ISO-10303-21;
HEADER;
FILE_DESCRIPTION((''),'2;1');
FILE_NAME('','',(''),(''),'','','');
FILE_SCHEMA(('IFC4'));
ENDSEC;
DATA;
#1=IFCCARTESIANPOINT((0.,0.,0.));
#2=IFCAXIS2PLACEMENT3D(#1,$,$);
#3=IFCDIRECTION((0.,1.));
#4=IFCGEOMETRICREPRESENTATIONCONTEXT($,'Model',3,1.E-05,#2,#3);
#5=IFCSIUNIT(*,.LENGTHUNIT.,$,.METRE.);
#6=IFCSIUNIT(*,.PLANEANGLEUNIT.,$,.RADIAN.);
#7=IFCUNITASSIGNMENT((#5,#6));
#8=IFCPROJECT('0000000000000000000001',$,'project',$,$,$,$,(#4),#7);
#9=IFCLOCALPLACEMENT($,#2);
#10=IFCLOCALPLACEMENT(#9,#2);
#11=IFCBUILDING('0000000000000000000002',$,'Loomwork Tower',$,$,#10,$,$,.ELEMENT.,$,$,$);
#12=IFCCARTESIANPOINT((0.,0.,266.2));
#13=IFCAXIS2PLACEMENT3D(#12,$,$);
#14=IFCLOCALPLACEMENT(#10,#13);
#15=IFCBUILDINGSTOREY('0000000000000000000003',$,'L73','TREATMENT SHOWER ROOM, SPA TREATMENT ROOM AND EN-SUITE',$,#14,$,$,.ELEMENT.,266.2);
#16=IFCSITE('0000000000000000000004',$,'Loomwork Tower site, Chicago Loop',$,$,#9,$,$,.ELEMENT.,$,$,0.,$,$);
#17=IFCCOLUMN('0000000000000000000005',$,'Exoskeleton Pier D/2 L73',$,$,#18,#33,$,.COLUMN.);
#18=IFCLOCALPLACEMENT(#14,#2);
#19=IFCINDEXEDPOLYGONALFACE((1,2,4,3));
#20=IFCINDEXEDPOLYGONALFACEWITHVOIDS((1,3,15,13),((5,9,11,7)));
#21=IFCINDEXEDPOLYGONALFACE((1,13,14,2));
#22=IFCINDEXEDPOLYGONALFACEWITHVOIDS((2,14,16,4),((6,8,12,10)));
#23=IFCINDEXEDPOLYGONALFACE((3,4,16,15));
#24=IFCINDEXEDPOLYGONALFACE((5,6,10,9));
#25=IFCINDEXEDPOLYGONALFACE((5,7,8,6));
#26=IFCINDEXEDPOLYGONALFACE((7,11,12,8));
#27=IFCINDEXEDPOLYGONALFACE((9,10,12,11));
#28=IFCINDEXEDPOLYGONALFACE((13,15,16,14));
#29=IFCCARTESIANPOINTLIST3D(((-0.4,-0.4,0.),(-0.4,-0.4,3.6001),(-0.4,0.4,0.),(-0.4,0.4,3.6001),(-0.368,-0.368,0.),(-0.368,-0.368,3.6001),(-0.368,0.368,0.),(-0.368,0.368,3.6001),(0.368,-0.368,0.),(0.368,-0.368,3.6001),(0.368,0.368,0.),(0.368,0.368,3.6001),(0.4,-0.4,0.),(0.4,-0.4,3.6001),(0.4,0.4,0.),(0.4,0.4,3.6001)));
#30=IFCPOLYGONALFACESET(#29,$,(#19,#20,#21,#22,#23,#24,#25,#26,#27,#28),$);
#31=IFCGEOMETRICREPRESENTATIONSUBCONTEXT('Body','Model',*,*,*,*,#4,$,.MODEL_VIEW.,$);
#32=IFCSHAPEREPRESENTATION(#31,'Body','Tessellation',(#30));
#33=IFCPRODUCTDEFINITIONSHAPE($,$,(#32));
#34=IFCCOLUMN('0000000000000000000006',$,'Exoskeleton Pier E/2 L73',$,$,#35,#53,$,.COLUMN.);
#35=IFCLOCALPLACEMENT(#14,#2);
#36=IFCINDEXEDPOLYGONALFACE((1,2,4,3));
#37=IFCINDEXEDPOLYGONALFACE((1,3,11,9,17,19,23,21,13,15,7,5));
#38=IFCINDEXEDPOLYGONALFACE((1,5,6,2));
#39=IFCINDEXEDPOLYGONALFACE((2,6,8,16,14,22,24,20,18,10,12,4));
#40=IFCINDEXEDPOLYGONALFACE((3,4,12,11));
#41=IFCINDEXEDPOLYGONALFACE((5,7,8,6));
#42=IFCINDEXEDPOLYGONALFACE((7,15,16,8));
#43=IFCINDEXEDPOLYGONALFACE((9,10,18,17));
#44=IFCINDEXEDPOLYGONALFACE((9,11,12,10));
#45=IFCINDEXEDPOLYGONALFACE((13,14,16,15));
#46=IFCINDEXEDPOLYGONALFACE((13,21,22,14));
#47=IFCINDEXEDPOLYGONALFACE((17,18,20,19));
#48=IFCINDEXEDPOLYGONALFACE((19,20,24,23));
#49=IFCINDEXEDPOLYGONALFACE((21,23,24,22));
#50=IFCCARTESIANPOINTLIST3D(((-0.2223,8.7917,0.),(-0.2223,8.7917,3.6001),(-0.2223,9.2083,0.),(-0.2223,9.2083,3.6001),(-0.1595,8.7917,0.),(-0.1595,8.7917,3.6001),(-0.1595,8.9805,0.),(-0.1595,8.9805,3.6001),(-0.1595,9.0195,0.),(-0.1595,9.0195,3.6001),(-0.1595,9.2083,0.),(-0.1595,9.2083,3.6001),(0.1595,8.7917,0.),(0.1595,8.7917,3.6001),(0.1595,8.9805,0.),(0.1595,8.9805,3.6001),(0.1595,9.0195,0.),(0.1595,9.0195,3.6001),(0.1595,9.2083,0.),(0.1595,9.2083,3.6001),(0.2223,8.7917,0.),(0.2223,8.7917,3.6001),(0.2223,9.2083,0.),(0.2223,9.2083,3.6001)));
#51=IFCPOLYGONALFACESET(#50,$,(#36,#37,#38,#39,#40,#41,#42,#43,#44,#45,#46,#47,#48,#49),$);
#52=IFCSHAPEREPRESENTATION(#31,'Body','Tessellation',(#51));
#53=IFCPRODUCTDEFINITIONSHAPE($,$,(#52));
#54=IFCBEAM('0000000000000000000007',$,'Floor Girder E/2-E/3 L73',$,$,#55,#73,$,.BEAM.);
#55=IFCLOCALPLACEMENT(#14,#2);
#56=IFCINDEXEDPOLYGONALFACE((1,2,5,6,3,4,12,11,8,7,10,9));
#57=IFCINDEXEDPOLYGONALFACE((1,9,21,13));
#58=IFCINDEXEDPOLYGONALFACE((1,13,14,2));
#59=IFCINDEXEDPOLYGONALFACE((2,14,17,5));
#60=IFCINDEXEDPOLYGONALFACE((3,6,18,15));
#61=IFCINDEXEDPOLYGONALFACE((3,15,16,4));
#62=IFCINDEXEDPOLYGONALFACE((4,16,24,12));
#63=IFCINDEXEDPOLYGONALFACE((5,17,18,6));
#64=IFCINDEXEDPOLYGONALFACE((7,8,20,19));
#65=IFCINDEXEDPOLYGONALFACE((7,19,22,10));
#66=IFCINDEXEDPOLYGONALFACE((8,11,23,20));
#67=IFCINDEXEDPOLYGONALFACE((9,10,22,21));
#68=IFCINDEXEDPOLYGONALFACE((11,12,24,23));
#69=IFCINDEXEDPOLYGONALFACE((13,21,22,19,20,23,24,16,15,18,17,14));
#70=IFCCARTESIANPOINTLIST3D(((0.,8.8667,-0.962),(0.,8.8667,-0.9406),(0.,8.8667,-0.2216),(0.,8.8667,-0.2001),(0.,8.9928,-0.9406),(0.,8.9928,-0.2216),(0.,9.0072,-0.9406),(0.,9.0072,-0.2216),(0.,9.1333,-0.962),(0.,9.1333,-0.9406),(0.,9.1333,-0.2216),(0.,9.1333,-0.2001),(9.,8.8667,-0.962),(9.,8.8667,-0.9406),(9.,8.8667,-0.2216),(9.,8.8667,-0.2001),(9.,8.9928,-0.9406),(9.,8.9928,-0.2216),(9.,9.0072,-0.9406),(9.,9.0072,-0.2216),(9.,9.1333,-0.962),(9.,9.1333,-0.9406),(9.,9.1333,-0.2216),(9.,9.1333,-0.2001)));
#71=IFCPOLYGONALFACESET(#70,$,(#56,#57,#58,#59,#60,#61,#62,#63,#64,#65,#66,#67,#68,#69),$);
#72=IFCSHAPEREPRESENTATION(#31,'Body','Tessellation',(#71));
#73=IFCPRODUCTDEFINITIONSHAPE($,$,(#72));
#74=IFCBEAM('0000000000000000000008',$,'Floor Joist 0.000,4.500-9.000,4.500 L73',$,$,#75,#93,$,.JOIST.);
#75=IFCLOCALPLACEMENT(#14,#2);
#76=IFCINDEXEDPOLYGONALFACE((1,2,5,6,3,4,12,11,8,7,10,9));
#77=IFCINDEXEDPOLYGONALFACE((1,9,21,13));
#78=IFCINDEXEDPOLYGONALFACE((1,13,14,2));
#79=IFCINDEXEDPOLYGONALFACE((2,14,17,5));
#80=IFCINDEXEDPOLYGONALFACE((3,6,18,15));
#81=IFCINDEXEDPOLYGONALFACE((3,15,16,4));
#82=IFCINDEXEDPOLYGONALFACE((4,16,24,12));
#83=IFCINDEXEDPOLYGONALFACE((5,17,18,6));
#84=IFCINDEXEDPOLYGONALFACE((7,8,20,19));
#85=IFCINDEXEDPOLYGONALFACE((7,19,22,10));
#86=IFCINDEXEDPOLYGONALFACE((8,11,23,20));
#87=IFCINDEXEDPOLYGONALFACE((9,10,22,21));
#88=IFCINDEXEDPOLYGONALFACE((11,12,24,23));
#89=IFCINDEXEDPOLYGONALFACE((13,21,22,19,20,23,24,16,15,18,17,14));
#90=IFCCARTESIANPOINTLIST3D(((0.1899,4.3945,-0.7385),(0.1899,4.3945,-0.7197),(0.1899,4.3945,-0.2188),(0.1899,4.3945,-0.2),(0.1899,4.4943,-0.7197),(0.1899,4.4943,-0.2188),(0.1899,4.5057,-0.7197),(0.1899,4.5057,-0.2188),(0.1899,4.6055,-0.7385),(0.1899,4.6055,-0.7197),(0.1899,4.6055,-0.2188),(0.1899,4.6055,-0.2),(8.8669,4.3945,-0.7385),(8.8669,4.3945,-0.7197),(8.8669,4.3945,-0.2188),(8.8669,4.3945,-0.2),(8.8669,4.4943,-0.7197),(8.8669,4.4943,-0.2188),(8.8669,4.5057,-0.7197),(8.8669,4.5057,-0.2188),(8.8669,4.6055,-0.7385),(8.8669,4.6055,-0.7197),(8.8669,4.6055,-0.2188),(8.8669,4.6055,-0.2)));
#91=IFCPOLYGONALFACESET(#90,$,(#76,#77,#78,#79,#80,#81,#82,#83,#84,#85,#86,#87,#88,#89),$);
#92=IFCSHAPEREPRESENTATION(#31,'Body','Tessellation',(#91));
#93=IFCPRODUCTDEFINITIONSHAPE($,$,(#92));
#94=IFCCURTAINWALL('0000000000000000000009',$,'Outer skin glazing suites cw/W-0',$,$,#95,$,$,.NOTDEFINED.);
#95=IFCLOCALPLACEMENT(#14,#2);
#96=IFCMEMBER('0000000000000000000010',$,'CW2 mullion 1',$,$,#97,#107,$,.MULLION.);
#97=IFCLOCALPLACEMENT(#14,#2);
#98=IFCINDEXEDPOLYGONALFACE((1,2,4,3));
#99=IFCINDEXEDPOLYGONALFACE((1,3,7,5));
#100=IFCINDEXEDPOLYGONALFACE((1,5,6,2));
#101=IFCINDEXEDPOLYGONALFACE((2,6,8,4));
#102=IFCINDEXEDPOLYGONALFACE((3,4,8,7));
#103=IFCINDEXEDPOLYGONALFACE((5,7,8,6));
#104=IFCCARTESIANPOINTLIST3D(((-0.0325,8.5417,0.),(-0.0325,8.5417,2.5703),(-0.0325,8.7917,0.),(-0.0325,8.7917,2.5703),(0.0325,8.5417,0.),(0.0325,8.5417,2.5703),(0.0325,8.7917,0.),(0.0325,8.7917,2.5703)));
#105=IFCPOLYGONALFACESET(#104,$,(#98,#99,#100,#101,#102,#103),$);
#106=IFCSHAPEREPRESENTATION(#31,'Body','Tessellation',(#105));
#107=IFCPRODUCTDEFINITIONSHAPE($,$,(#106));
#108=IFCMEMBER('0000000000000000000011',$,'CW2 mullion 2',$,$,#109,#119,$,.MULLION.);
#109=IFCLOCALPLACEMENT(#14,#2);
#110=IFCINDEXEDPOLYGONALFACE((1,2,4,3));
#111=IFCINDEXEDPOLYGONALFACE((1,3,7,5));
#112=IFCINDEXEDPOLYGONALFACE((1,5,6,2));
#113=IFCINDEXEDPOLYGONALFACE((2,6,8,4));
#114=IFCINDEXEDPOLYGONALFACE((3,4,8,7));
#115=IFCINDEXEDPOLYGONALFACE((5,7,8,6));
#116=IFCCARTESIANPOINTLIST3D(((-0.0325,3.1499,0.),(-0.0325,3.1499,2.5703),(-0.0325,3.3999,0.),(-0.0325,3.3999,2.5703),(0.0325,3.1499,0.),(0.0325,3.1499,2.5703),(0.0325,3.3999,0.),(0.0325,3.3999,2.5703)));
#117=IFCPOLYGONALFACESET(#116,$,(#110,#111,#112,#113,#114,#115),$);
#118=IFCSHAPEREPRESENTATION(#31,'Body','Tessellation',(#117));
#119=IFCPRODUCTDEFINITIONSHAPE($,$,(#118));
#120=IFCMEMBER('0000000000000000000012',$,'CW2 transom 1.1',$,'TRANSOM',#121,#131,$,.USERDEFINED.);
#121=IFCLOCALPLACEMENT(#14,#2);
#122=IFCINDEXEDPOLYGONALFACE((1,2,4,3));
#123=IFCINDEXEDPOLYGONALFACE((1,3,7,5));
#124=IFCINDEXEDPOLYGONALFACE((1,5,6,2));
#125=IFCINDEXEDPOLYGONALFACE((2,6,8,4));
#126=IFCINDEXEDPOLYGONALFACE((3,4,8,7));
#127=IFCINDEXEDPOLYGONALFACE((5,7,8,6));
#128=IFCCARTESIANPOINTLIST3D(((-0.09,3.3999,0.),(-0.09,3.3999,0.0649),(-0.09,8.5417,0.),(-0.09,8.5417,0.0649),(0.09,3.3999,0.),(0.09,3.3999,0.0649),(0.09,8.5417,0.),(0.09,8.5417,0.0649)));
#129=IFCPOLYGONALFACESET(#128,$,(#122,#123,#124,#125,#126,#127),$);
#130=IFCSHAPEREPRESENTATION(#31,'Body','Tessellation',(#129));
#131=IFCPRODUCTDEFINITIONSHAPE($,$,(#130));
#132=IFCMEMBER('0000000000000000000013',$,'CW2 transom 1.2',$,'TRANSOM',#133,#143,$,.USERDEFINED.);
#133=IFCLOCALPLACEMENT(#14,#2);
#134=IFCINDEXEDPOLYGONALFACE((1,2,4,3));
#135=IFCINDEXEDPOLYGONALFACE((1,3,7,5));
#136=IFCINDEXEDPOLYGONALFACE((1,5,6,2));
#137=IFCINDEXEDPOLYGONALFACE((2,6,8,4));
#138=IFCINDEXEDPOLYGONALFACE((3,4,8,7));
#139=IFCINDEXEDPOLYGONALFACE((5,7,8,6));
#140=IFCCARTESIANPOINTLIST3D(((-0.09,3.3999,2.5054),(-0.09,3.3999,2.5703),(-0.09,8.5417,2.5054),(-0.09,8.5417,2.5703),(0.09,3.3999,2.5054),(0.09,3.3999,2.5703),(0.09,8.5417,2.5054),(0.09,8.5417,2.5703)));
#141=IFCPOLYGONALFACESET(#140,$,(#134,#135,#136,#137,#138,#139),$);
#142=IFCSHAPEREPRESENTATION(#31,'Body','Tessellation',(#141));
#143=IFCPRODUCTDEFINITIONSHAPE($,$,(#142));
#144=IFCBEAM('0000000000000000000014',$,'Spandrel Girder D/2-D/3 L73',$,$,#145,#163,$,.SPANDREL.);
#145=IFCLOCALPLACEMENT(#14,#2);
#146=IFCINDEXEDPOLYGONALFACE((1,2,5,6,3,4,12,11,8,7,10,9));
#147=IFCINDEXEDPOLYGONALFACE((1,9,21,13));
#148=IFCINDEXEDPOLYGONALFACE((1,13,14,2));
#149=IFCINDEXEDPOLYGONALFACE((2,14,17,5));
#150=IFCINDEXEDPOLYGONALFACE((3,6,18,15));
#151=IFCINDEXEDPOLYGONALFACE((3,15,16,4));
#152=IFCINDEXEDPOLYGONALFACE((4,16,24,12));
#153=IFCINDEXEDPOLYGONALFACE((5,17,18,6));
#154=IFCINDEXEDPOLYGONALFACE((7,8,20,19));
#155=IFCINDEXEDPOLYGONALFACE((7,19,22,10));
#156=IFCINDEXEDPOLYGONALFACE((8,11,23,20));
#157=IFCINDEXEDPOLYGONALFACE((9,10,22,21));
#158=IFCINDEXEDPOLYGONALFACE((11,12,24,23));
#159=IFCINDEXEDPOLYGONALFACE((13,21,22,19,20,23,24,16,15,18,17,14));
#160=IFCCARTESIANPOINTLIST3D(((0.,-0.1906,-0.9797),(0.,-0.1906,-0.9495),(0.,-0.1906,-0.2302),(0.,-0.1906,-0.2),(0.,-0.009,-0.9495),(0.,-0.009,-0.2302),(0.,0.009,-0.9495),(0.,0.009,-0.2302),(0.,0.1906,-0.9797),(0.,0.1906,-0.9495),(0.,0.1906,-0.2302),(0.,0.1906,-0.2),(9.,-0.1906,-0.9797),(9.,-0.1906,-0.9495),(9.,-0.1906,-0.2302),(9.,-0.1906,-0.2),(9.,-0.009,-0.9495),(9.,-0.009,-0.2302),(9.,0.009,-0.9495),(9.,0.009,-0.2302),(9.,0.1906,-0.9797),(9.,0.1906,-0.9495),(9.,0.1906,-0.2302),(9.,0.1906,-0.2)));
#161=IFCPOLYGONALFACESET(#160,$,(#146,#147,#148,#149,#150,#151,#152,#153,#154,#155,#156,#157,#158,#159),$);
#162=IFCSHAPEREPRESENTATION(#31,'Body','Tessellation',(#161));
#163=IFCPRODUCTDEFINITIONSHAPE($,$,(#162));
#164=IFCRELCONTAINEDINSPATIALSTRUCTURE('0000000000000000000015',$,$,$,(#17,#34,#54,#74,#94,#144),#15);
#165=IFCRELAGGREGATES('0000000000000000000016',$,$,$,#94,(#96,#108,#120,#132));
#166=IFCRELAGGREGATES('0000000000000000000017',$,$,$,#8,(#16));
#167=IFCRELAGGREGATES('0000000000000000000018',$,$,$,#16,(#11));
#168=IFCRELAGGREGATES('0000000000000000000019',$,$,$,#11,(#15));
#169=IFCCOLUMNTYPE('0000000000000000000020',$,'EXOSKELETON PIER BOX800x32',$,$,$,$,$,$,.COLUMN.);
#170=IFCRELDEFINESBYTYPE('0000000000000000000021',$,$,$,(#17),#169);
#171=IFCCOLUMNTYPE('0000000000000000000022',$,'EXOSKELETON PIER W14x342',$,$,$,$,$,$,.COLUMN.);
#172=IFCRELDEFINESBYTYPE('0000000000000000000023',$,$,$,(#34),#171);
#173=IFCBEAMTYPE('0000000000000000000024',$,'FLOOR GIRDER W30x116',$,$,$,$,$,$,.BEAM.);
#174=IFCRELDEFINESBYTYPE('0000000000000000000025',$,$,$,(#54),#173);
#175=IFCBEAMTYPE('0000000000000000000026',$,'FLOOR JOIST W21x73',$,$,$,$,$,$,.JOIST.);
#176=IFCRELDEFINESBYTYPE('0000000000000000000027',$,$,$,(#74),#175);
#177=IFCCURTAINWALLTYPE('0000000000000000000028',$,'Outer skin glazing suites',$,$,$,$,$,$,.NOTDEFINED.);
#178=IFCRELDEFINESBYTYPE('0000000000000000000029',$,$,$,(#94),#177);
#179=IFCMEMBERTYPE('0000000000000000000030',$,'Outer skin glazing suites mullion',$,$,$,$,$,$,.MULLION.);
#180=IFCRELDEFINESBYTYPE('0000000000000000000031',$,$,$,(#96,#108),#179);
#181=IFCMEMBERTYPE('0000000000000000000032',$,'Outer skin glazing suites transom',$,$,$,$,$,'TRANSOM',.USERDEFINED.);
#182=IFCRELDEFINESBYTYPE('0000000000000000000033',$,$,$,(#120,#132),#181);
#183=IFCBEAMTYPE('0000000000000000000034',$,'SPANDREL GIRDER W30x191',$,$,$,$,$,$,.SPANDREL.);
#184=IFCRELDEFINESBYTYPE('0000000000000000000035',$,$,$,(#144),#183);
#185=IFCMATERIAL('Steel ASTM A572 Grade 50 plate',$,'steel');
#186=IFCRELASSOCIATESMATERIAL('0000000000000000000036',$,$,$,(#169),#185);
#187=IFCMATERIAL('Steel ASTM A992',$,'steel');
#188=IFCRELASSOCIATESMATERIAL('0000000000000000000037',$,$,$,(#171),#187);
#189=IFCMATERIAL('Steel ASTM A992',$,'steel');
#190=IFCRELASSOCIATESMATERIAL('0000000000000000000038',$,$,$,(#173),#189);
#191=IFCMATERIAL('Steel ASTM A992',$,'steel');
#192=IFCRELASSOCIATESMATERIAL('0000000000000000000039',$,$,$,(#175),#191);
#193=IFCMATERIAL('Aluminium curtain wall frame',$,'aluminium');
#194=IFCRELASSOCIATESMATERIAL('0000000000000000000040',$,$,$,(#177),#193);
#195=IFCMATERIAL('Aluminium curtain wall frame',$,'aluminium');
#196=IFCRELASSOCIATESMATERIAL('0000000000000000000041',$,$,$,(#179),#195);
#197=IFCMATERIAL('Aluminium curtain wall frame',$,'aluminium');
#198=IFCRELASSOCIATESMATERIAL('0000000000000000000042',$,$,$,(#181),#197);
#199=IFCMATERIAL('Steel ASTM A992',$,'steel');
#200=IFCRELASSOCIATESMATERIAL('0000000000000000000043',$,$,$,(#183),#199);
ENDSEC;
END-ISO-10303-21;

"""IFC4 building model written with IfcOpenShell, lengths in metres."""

from ifc_helpers import new_model, si_unit, direction, frame, origin, origin_with_axes, origin_2d, place, context, subcontext, project, spatial, rectangle, hollow_rectangle, i_section, extrude, material, material_profile, profile_set, type_object, element, aggregate, save


model = new_model("IFC4")

# Units and contexts
model_context = context("Model", 3, precision=1e-05, world=origin(), true_north=direction((0.0, 1.0)))
body_context = subcontext(model_context, "Body", "Model", "MODEL_VIEW")
ifc_project = project(units=[si_unit("LENGTHUNIT", "METRE"), si_unit("PLANEANGLEUNIT", "RADIAN")], contexts=[model_context])

# Site, building, storey
site_placement = place(None, origin())
site = spatial("IfcSite", under=ifc_project, at=site_placement, Name="Loomwork Tower site, Chicago Loop", CompositionType="ELEMENT", RefElevation=0.0)
building_placement = place(site_placement, origin())
building = spatial("IfcBuilding", under=site, at=building_placement, Name="Loomwork Tower", CompositionType="ELEMENT")
storey_placement = place(building_placement, frame((0.0, 0.0, 266.2)))
storey = spatial("IfcBuildingStorey", under=building, at=storey_placement, Name="L73", Description="TREATMENT SHOWER ROOM, SPA TREATMENT ROOM AND EN-SUITE", CompositionType="ELEMENT", Elevation=266.2)

# Columns
ifc_material_1 = material(Name="Steel ASTM A572 Grade 50 plate", Category="steel")
ifc_material_profile_1 = material_profile(ifc_material_1, hollow_rectangle(XDim=0.8, YDim=0.8, WallThickness=0.032, at=origin_2d()), Name="BOX800x32")
ifc_profile_set_1 = profile_set([ifc_material_profile_1], Name="Steel ASTM A572 Grade 50 plate")
column_type_1 = type_object("IfcColumnType", Name="EXOSKELETON PIER BOX800x32", PredefinedType="COLUMN", material=ifc_profile_set_1)
column_1_placement = place(storey_placement, origin_with_axes())
element("IfcColumn", 1, at=column_1_placement, inside=storey, type_object=column_type_1, Name="Exoskeleton Pier D/2 L73", PredefinedType="COLUMN", context=body_context, shape_type="SweptSolid", body=[
    extrude(hollow_rectangle(XDim=0.8, YDim=0.8, WallThickness=0.032, at=origin_2d()), origin(), (0.0, 0.0, 1.0), 3.6001),
])
ifc_material_2 = material(Name="Steel ASTM A992", Category="steel")
ifc_material_profile_2 = material_profile(ifc_material_2, i_section(OverallWidth=0.4165, OverallDepth=0.4446, WebThickness=0.0391, FlangeThickness=0.0627, at=origin_2d()), Name="W14x342")
ifc_profile_set_2 = profile_set([ifc_material_profile_2], Name="Steel ASTM A992")
column_type_2 = type_object("IfcColumnType", Name="EXOSKELETON PIER W14x342", PredefinedType="COLUMN", material=ifc_profile_set_2)
column_2_placement = place(storey_placement, frame((0.0, 9.0, 0.0), z_axis=(0.0, 0.0, 1.0), x_axis=(0.0, 1.0, 0.0)))
element("IfcColumn", 2, at=column_2_placement, inside=storey, type_object=column_type_2, Name="Exoskeleton Pier E/2 L73", PredefinedType="COLUMN", context=body_context, shape_type="SweptSolid", body=[
    extrude(i_section(OverallWidth=0.4165, OverallDepth=0.4446, WebThickness=0.0391, FlangeThickness=0.0627, at=origin_2d()), origin(), (0.0, 0.0, 1.0), 3.6001),
])

# Beams
ifc_material_3 = material(Name="Steel ASTM A992", Category="steel")
ifc_material_profile_3 = material_profile(ifc_material_3, i_section(OverallWidth=0.2666, OverallDepth=0.762, WebThickness=0.0144, FlangeThickness=0.0215, at=origin_2d()), Name="W30x116")
ifc_profile_set_3 = profile_set([ifc_material_profile_3], Name="Steel ASTM A992")
beam_type_1 = type_object("IfcBeamType", Name="FLOOR GIRDER W30x116", PredefinedType="BEAM", material=ifc_profile_set_3)
beam_1_placement = place(storey_placement, frame((0.0, 9.0, -0.5811), z_axis=(1.0, 0.0, 0.0), x_axis=(0.0, 1.0, 0.0)))
element("IfcBeam", 3, at=beam_1_placement, inside=storey, type_object=beam_type_1, Name="Floor Girder E/2-E/3 L73", PredefinedType="BEAM", context=body_context, shape_type="SweptSolid", body=[
    extrude(i_section(OverallWidth=0.2666, OverallDepth=0.762, WebThickness=0.0144, FlangeThickness=0.0215, at=origin_2d()), origin(), (0.0, 0.0, 1.0), 9.0),
])
ifc_material_4 = material(Name="Steel ASTM A992", Category="steel")
ifc_material_profile_4 = material_profile(ifc_material_4, i_section(OverallWidth=0.2109, OverallDepth=0.5386, WebThickness=0.0115, FlangeThickness=0.0188, at=origin_2d()), Name="W21x73")
ifc_profile_set_4 = profile_set([ifc_material_profile_4], Name="Steel ASTM A992")
beam_type_2 = type_object("IfcBeamType", Name="FLOOR JOIST W21x73", PredefinedType="JOIST", material=ifc_profile_set_4)
beam_2_placement = place(storey_placement, frame((0.1899, 4.5, -0.4692), z_axis=(1.0, 0.0, 0.0), x_axis=(0.0, 1.0, 0.0)))
element("IfcBeam", 4, at=beam_2_placement, inside=storey, type_object=beam_type_2, Name="Floor Joist 0.000,4.500-9.000,4.500 L73", PredefinedType="JOIST", context=body_context, shape_type="SweptSolid", body=[
    extrude(i_section(OverallWidth=0.2109, OverallDepth=0.5386, WebThickness=0.0115, FlangeThickness=0.0188, at=origin_2d()), origin(), (0.0, 0.0, 1.0), 8.677),
])

# Curtain wall, members
ifc_material_5 = material(Name="Aluminium curtain wall frame", Category="aluminium")
curtain_wall_type = type_object("IfcCurtainWallType", Name="Outer skin glazing suites", PredefinedType="NOTDEFINED", material=ifc_material_5)
curtain_wall_placement = place(storey_placement, origin())
curtain_wall = element("IfcCurtainWall", 5, at=curtain_wall_placement, inside=storey, type_object=curtain_wall_type, Name="Outer skin glazing suites cw/W-0", PredefinedType="NOTDEFINED")
ifc_material_6 = material(Name="Aluminium curtain wall frame", Category="aluminium")
ifc_material_profile_5 = material_profile(ifc_material_6, rectangle(XDim=0.0649, YDim=0.25, at=origin_2d()), Name="AL 65x250")
ifc_profile_set_5 = profile_set([ifc_material_profile_5], Name="Aluminium curtain wall frame")
member_type_1 = type_object("IfcMemberType", Name="Outer skin glazing suites mullion", PredefinedType="MULLION", material=ifc_profile_set_5)
member_1_placement = place(storey_placement, frame((0.0, 8.6667, 0.0), z_axis=(0.0, 0.0, 1.0), x_axis=(1.0, 0.0, 0.0)))
member_1 = element("IfcMember", 6, at=member_1_placement, type_object=member_type_1, Name="CW2 mullion 1", PredefinedType="MULLION", context=body_context, shape_type="SweptSolid", body=[
    extrude(rectangle(XDim=0.0649, YDim=0.25, at=origin_2d()), origin(), (0.0, 0.0, 1.0), 2.5703),
])
member_2_placement = place(storey_placement, frame((0.0, 3.2749, 0.0), z_axis=(0.0, 0.0, 1.0), x_axis=(1.0, 0.0, 0.0)))
member_2 = element("IfcMember", 7, at=member_2_placement, type_object=member_type_1, Name="CW2 mullion 2", PredefinedType="MULLION", context=body_context, shape_type="SweptSolid", body=[
    extrude(rectangle(XDim=0.0649, YDim=0.25, at=origin_2d()), origin(), (0.0, 0.0, 1.0), 2.5703),
])
ifc_material_7 = material(Name="Aluminium curtain wall frame", Category="aluminium")
ifc_material_profile_6 = material_profile(ifc_material_7, rectangle(XDim=0.1799, YDim=0.0649, at=origin_2d()), Name="AL 65x180")
ifc_profile_set_6 = profile_set([ifc_material_profile_6], Name="Aluminium curtain wall frame")
member_type_2 = type_object("IfcMemberType", Name="Outer skin glazing suites transom", ElementType="TRANSOM", PredefinedType="USERDEFINED", material=ifc_profile_set_6)
member_3_placement = place(storey_placement, frame((0.0, 8.5417, 0.0325), z_axis=(0.0, -1.0, 0.0), x_axis=(1.0, 0.0, 0.0)))
member_3 = element("IfcMember", 8, at=member_3_placement, type_object=member_type_2, Name="CW2 transom 1.1", ObjectType="TRANSOM", PredefinedType="USERDEFINED", context=body_context, shape_type="SweptSolid", body=[
    extrude(rectangle(XDim=0.1799, YDim=0.0649, at=origin_2d()), origin(), (0.0, 0.0, 1.0), 5.1418),
])
member_4_placement = place(storey_placement, frame((0.0, 8.5417, 2.5378), z_axis=(0.0, -1.0, 0.0), x_axis=(1.0, 0.0, 0.0)))
member_4 = element("IfcMember", 9, at=member_4_placement, type_object=member_type_2, Name="CW2 transom 1.2", ObjectType="TRANSOM", PredefinedType="USERDEFINED", context=body_context, shape_type="SweptSolid", body=[
    extrude(rectangle(XDim=0.1799, YDim=0.0649, at=origin_2d()), origin(), (0.0, 0.0, 1.0), 5.1418),
])

# Beam
ifc_material_8 = material(Name="Steel ASTM A992", Category="steel")
ifc_material_profile_7 = material_profile(ifc_material_8, i_section(OverallWidth=0.3811, OverallDepth=0.7798, WebThickness=0.0181, FlangeThickness=0.0303, at=origin_2d()), Name="W30x191")
ifc_profile_set_7 = profile_set([ifc_material_profile_7], Name="Steel ASTM A992")
beam_type_3 = type_object("IfcBeamType", Name="SPANDREL GIRDER W30x191", PredefinedType="SPANDREL", material=ifc_profile_set_7)
for number, where, z_axis, x_axis, name in (
    (10, (0.0, 0.0, -0.5898), (1.0, 0.0, 0.0), (0.0, 1.0, 0.0), "Spandrel Girder D/2-D/3 L73"),
):
    element("IfcBeam", number, at=place(storey_placement, frame(where, z_axis=z_axis, x_axis=x_axis)), inside=storey, type_object=beam_type_3, Name=name, PredefinedType="SPANDREL", context=body_context, shape_type="SweptSolid", body=[
        extrude(i_section(OverallWidth=0.3811, OverallDepth=0.7798, WebThickness=0.0181, FlangeThickness=0.0303, at=origin_2d()), origin(), (0.0, 0.0, 1.0), 9.0),
    ])

aggregate(curtain_wall, [member_1, member_2, member_3, member_4])

save(model, "model.ifc")
